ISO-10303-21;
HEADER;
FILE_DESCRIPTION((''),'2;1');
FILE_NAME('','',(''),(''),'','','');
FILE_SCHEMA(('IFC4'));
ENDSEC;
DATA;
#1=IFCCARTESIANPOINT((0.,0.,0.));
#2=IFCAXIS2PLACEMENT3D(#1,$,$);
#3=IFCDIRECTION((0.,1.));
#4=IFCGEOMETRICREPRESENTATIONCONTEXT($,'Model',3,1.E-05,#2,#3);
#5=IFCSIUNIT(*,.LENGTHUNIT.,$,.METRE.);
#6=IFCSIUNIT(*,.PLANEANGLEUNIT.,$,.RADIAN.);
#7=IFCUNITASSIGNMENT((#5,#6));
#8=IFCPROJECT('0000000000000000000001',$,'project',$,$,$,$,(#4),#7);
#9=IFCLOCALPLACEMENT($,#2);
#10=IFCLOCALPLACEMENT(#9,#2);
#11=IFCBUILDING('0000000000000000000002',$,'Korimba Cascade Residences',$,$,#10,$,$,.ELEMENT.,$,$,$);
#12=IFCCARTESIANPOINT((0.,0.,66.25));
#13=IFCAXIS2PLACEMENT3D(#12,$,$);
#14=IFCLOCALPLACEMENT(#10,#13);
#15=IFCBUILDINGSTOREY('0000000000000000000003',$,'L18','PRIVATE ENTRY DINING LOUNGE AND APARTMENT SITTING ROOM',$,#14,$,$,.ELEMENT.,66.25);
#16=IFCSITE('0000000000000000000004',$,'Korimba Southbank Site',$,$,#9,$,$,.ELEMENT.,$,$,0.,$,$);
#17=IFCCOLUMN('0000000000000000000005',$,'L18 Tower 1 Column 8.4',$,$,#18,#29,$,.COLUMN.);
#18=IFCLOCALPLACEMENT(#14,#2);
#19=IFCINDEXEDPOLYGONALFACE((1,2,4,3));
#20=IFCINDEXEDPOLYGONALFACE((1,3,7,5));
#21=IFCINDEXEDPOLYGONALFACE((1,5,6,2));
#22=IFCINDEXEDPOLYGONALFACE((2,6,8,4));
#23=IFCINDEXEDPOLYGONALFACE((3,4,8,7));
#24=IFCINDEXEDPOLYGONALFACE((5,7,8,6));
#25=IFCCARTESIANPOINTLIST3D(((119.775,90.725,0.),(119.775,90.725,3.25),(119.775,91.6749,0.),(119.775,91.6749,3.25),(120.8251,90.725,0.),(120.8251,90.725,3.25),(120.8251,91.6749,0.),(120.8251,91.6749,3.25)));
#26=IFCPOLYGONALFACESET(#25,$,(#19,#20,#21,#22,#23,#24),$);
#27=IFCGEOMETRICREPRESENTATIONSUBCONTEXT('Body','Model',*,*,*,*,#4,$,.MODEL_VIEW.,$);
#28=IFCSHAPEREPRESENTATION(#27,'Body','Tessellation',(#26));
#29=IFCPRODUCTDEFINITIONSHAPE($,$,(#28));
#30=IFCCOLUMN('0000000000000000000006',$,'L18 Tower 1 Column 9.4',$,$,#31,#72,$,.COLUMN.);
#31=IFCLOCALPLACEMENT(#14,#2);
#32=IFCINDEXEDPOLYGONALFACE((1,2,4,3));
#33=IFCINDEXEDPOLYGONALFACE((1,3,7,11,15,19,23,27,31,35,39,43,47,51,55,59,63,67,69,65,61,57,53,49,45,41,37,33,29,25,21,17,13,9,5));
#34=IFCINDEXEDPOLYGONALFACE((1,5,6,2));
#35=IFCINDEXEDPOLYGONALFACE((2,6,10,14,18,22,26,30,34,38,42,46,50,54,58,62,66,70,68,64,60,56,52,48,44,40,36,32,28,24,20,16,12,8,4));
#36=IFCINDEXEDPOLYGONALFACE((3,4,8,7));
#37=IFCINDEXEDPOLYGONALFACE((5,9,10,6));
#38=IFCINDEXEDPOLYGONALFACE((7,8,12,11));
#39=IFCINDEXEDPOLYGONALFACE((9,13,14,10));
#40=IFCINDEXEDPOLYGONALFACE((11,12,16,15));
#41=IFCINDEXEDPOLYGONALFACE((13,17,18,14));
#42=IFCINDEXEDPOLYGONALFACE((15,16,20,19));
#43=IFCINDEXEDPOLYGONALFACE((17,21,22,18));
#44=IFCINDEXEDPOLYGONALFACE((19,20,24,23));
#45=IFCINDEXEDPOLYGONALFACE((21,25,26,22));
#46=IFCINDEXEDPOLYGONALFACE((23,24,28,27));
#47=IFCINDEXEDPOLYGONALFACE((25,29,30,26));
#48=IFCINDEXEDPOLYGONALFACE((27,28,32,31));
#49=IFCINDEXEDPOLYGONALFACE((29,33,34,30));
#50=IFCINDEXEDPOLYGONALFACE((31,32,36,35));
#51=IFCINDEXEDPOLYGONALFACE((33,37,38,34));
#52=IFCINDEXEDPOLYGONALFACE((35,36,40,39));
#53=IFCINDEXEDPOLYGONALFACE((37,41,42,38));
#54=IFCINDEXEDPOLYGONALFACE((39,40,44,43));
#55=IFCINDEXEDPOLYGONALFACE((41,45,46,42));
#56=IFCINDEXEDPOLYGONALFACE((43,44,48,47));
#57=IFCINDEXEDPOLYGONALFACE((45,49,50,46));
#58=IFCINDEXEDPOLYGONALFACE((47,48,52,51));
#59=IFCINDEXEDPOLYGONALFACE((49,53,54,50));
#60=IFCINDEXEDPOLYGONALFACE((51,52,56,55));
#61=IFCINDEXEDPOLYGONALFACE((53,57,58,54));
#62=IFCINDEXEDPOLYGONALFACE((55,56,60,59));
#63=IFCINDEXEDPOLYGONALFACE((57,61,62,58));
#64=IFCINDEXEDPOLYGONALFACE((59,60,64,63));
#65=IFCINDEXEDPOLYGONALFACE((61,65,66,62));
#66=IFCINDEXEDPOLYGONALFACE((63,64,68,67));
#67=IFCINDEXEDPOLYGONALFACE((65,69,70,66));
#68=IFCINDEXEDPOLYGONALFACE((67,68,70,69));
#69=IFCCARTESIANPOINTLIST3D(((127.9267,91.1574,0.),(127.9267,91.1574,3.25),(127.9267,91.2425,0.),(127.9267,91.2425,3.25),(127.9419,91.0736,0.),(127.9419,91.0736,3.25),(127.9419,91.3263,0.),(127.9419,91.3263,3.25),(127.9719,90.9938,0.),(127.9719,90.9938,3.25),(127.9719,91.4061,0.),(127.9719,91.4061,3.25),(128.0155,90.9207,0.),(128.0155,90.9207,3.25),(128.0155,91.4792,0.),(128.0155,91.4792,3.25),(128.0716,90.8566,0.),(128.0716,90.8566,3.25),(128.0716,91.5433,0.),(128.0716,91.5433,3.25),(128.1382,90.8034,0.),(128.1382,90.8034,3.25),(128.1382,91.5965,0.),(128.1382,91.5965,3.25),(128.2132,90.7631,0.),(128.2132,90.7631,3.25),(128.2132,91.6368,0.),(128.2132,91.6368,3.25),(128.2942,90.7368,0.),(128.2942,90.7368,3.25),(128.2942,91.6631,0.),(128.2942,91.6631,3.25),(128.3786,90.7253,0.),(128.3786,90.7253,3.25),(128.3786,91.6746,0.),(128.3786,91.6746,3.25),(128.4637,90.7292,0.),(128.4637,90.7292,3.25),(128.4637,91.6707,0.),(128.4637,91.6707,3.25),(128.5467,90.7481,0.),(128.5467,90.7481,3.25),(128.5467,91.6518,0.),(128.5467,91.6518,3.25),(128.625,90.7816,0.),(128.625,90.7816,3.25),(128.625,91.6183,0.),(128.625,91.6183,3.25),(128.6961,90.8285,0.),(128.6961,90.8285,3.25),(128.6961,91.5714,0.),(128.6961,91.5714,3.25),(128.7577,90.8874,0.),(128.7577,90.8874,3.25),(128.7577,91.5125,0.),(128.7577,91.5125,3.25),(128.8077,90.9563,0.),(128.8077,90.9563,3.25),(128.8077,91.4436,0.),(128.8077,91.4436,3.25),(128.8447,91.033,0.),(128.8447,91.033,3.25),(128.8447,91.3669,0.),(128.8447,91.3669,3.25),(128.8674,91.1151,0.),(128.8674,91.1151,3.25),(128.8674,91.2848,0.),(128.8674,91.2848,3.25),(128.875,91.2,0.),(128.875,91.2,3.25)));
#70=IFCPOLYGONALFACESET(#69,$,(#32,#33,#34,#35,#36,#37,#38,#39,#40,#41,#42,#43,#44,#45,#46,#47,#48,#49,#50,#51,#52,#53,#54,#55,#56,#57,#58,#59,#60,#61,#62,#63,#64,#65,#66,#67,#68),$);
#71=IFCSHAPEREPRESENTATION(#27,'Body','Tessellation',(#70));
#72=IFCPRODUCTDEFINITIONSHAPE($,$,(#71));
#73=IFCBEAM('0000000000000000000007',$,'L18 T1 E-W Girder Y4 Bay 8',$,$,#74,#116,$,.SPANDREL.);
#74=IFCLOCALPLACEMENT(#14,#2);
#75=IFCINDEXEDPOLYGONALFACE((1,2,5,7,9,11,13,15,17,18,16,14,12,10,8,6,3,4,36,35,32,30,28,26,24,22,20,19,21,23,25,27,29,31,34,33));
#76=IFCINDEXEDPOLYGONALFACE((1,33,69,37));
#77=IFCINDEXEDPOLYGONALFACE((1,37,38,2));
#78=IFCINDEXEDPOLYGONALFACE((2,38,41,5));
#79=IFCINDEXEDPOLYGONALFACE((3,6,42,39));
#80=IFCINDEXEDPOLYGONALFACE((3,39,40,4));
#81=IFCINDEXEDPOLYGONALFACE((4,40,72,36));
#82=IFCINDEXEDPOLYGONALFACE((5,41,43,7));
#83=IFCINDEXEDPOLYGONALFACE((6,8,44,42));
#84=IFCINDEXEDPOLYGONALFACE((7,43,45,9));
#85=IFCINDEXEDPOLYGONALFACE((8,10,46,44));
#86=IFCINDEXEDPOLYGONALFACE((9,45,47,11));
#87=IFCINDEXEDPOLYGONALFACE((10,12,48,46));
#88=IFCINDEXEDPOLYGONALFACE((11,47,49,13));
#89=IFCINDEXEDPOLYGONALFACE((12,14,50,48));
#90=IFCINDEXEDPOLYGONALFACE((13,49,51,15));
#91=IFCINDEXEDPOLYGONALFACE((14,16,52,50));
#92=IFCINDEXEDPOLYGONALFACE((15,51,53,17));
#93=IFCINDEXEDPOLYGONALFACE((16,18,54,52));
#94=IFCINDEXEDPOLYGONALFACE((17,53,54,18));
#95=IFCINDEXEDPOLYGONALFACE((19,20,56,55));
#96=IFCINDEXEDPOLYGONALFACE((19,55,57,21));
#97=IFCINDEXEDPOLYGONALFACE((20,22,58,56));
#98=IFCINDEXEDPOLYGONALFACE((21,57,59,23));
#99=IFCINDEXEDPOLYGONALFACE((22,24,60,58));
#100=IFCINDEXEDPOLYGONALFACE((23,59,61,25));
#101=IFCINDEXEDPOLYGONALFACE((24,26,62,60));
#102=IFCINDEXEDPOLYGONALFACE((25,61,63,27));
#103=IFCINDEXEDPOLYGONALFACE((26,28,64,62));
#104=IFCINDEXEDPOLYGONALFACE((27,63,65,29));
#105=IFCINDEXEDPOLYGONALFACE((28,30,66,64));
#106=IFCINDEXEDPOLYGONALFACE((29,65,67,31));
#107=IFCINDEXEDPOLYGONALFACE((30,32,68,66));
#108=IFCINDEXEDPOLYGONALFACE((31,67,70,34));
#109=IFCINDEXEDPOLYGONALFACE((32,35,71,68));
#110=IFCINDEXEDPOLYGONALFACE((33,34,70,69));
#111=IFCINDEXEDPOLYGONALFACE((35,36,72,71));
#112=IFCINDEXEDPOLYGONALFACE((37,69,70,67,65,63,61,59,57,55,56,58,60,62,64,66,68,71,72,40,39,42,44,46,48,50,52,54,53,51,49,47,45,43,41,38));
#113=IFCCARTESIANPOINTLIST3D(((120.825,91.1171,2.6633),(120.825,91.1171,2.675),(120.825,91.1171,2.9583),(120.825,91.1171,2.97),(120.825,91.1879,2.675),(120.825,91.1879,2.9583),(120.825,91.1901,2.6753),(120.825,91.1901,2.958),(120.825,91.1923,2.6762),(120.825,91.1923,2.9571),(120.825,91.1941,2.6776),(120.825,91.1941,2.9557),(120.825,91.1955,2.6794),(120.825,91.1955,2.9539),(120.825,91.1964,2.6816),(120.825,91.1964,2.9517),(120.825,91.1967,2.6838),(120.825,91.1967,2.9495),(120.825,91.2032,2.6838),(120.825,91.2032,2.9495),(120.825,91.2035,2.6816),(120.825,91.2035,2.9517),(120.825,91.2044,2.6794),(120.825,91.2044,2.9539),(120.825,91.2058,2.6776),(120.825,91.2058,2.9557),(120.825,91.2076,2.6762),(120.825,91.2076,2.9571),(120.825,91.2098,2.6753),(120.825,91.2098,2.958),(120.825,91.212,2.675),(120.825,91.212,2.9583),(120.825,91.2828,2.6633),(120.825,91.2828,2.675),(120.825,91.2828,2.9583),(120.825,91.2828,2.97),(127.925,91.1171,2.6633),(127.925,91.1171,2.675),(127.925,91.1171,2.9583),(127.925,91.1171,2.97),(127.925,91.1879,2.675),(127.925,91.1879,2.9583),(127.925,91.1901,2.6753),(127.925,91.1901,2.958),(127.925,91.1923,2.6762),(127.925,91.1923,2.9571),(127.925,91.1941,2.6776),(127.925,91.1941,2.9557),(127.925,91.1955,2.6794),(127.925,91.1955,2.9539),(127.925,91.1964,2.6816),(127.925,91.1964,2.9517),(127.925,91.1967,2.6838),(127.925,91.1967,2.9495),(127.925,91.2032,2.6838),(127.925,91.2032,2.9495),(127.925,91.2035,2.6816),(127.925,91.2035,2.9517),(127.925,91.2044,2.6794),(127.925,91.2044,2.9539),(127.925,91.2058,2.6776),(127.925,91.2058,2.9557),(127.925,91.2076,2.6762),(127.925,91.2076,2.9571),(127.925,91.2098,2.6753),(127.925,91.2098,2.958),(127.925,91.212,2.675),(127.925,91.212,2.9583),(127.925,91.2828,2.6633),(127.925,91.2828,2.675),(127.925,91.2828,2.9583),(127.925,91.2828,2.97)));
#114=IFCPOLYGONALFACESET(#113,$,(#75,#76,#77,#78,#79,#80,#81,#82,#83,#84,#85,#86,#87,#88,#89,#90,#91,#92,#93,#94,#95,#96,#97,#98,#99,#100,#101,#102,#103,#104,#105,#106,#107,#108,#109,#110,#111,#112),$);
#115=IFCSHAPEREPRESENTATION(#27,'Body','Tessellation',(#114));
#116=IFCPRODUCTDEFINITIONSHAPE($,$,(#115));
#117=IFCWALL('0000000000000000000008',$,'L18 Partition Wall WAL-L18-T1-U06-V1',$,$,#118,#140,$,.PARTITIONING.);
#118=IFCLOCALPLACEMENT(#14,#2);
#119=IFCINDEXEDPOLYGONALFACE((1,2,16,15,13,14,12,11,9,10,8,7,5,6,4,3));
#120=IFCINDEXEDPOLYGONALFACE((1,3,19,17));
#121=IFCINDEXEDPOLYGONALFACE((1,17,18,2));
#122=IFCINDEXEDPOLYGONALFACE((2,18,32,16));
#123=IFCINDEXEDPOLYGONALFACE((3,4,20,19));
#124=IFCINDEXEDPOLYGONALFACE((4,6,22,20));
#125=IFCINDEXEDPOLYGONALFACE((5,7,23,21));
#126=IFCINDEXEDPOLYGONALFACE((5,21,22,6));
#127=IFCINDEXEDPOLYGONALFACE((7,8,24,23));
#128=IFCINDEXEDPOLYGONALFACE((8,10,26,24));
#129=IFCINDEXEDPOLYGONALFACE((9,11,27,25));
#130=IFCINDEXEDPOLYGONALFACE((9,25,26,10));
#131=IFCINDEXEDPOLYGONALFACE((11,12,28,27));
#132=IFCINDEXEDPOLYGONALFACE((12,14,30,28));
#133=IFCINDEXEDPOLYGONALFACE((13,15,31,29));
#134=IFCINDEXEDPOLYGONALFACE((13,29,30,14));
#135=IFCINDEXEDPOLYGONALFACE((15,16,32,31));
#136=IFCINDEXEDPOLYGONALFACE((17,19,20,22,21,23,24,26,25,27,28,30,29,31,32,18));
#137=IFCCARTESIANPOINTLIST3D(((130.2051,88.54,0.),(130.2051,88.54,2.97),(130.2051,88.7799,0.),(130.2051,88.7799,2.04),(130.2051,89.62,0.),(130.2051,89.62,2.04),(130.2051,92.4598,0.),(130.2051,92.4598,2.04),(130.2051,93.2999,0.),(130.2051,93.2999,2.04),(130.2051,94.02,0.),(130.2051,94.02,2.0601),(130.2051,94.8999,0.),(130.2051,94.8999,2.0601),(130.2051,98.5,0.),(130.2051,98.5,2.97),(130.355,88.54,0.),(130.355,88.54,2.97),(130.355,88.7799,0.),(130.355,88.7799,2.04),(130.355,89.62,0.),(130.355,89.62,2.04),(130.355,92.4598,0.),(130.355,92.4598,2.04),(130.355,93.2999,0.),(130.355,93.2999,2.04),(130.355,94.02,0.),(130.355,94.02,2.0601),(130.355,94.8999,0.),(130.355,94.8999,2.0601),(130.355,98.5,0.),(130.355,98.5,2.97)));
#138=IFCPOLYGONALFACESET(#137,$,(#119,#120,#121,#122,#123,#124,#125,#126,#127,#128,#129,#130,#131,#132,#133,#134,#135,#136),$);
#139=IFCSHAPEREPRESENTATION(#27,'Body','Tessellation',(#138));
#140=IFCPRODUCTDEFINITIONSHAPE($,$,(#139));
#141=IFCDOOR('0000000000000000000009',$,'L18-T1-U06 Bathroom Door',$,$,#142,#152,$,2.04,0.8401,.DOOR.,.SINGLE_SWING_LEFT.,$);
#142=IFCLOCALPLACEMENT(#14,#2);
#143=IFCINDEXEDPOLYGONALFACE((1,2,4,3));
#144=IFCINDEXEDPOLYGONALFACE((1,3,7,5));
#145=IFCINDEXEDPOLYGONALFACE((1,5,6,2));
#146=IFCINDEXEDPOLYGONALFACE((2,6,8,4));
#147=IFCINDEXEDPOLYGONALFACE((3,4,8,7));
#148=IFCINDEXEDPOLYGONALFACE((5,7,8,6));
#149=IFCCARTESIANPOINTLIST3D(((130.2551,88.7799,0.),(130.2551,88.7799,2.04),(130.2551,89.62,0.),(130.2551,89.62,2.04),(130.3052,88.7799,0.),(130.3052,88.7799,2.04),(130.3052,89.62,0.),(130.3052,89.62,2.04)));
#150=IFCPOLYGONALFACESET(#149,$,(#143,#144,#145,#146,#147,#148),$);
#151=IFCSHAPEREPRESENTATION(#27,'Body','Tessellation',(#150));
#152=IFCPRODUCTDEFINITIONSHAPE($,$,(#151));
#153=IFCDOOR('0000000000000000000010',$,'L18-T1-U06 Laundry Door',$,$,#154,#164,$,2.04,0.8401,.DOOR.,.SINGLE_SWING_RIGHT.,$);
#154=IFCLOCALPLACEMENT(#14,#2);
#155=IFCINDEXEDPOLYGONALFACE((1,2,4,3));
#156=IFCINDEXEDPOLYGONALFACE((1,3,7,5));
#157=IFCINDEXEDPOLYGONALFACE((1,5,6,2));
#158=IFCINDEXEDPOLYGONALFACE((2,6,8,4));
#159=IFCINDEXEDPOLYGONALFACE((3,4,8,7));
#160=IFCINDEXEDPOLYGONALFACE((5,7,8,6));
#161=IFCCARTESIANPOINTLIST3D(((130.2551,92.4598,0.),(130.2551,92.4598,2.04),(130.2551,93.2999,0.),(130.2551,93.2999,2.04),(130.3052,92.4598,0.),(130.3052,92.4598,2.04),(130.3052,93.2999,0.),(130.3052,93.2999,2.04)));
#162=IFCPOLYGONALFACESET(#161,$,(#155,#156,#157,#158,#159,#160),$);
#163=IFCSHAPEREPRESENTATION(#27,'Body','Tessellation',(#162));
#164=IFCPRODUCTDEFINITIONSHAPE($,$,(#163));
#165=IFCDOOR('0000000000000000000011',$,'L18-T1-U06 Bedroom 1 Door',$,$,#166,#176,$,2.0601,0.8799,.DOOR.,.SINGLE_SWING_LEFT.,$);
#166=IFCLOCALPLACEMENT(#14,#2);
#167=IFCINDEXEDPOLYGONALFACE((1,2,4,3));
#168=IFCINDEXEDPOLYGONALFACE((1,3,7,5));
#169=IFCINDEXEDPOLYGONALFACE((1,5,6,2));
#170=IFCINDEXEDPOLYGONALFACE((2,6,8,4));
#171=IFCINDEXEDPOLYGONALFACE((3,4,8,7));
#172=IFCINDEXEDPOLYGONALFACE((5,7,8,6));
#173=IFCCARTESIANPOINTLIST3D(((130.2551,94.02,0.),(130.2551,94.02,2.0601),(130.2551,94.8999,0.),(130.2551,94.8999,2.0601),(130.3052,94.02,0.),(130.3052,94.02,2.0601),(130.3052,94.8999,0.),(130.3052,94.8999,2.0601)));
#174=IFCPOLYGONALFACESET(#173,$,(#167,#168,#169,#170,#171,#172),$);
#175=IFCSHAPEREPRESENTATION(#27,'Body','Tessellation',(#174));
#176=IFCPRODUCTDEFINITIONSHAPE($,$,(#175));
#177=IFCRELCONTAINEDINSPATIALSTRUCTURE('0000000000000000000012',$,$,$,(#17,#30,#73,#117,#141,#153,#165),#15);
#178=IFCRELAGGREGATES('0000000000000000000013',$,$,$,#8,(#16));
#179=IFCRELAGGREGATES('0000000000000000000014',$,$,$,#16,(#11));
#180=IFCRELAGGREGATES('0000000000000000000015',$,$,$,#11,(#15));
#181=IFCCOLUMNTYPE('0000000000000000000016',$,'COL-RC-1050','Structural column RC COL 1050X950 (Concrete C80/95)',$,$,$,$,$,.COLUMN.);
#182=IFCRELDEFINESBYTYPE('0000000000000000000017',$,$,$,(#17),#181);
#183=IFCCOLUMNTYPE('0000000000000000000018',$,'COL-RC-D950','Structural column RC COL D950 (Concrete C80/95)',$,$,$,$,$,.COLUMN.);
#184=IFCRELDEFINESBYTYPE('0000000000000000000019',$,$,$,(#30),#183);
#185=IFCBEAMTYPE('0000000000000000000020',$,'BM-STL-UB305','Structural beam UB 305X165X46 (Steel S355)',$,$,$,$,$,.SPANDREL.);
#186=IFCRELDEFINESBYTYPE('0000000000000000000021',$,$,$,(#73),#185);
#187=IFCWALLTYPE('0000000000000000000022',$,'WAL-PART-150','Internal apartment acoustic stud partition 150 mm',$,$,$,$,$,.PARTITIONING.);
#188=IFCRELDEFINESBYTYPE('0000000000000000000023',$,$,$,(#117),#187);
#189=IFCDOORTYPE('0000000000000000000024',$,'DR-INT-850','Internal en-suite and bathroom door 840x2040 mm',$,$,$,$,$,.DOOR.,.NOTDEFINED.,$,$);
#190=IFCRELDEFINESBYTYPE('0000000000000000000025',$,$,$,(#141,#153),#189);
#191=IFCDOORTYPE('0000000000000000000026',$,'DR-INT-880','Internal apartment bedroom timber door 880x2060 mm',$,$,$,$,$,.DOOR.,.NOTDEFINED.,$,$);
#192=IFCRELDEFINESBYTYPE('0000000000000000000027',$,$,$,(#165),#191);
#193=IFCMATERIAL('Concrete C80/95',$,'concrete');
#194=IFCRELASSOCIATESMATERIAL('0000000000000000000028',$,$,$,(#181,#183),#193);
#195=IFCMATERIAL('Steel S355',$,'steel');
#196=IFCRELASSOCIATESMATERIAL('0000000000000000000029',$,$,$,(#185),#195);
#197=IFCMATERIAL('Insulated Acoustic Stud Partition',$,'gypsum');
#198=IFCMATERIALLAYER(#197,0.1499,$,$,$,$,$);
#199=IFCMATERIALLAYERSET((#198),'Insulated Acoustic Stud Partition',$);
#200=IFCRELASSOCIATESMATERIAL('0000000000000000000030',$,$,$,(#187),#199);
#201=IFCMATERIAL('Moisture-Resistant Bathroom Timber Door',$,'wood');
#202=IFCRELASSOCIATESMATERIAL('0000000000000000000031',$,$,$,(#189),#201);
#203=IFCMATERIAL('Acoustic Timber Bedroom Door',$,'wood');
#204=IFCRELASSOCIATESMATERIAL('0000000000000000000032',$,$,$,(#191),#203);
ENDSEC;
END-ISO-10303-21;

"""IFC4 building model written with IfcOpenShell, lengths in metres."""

from ifc_helpers import new_model, si_unit, direction, frame, frame_2d, origin, origin_2d, place, context, subcontext, project, spatial, rectangle, circle, i_section, extrude, material, layer, layer_set, material_profile, profile_set, type_object, element, fill, save


model = new_model("IFC4")

# Units and contexts
model_context = context("Model", 3, precision=1e-05, world=origin(), true_north=direction((0.0, 1.0)))
body_context = subcontext(model_context, "Body", "Model", "MODEL_VIEW")
ifc_project = project(units=[si_unit("LENGTHUNIT", "METRE"), si_unit("PLANEANGLEUNIT", "RADIAN")], contexts=[model_context])

# Site, building, storey
site_placement = place(None, origin())
site = spatial("IfcSite", under=ifc_project, at=site_placement, Name="Korimba Southbank Site", CompositionType="ELEMENT", RefElevation=0.0)
building_placement = place(site_placement, origin())
building = spatial("IfcBuilding", under=site, at=building_placement, Name="Korimba Cascade Residences", CompositionType="ELEMENT")
storey_placement = place(building_placement, frame((0.0, 0.0, 66.25)))
storey = spatial("IfcBuildingStorey", under=building, at=storey_placement, Name="L18", Description="PRIVATE ENTRY DINING LOUNGE AND APARTMENT SITTING ROOM", CompositionType="ELEMENT", Elevation=66.25)

# Columns
ifc_material_1 = material(Name="Concrete C80/95", Category="concrete")
ifc_material_profile_1 = material_profile(ifc_material_1, rectangle(XDim=1.05, YDim=0.95, at=origin_2d()), Name="Concrete C80/95")
ifc_profile_set_1 = profile_set([ifc_material_profile_1], Name="Concrete C80/95")
column_type_1 = type_object("IfcColumnType", Name="COL-RC-1050", Description="Structural column RC COL 1050X950 (Concrete C80/95)", PredefinedType="COLUMN", material=ifc_profile_set_1)
column_1_placement = place(storey_placement, frame((120.3, 91.2, 0.0), z_axis=(0.0, 0.0, 1.0), x_axis=(1.0, 0.0, 0.0)))
element("IfcColumn", 1, at=column_1_placement, inside=storey, type_object=column_type_1, Name="L18 Tower 1 Column 8.4", PredefinedType="COLUMN", context=body_context, shape_type="SweptSolid", body=[
    extrude(rectangle(XDim=1.05, YDim=0.95, at=origin_2d()), origin(), (0.0, 0.0, 1.0), 3.25),
])
ifc_material_profile_2 = material_profile(ifc_material_1, circle(Radius=0.4751, at=origin_2d()), Name="Concrete C80/95")
ifc_profile_set_2 = profile_set([ifc_material_profile_2], Name="Concrete C80/95")
column_type_2 = type_object("IfcColumnType", Name="COL-RC-D950", Description="Structural column RC COL D950 (Concrete C80/95)", PredefinedType="COLUMN", material=ifc_profile_set_2)
column_2_placement = place(storey_placement, frame((128.3999, 91.2, 0.0), z_axis=(0.0, 0.0, 1.0), x_axis=(1.0, 0.0, 0.0)))
element("IfcColumn", 2, at=column_2_placement, inside=storey, type_object=column_type_2, Name="L18 Tower 1 Column 9.4", PredefinedType="COLUMN", context=body_context, shape_type="SweptSolid", body=[
    extrude(circle(Radius=0.4751, at=origin_2d()), origin(), (0.0, 0.0, 1.0), 3.25),
])

# Beam
ifc_material_2 = material(Name="Steel S355", Category="steel")
ifc_material_profile_3 = material_profile(ifc_material_2, i_section(OverallWidth=0.1658, OverallDepth=0.3066, WebThickness=0.0066, FlangeThickness=0.0117, FilletRadius=0.0088, at=origin_2d()), Name="Steel S355")
ifc_profile_set_3 = profile_set([ifc_material_profile_3], Name="Steel S355")
beam_type = type_object("IfcBeamType", Name="BM-STL-UB305", Description="Structural beam UB 305X165X46 (Steel S355)", PredefinedType="SPANDREL", material=ifc_profile_set_3)
beam_placement = place(storey_placement, frame((120.825, 91.2, 2.8167), z_axis=(1.0, 0.0, 0.0), x_axis=(0.0, 1.0, 0.0)))
element("IfcBeam", 3, at=beam_placement, inside=storey, type_object=beam_type, Name="L18 T1 E-W Girder Y4 Bay 8", PredefinedType="SPANDREL", context=body_context, shape_type="SweptSolid", body=[
    extrude(i_section(OverallWidth=0.1658, OverallDepth=0.3066, WebThickness=0.0066, FlangeThickness=0.0117, FilletRadius=0.0088, at=origin_2d()), origin(), (0.0, 0.0, 1.0), 7.1001),
])

# Wall, openings, doors
ifc_material_3 = material(Name="Insulated Acoustic Stud Partition", Category="gypsum")
ifc_layer = layer(ifc_material_3, 0.1499)
ifc_layer_set = layer_set([ifc_layer], Name="Insulated Acoustic Stud Partition")
wall_type = type_object("IfcWallType", Name="WAL-PART-150", Description="Internal apartment acoustic stud partition 150 mm", PredefinedType="PARTITIONING", material=ifc_layer_set)
wall_1_placement = place(storey_placement, frame((130.28, 88.54, 0.0), z_axis=(0.0, 0.0, 1.0), x_axis=(0.0, 1.0, 0.0)))
wall_1 = element("IfcWall", 4, at=wall_1_placement, inside=storey, type_object=wall_type, Name="L18 Partition Wall WAL-L18-T1-U06-V1", PredefinedType="PARTITIONING", context=body_context, shape_type="SweptSolid", body=[
    extrude(rectangle(XDim=9.96, YDim=0.1499, at=frame_2d((4.98, 0.0))), origin(), (0.0, 0.0, 1.0), 2.97),
])
opening_1_placement = place(wall_1_placement, frame((0.24, 0.0, 0.0)))
opening_1 = element("IfcOpeningElement", 5, at=opening_1_placement, cuts=wall_1, PredefinedType="OPENING", context=body_context, shape_type="SweptSolid", body=[
    extrude(rectangle(XDim=0.8401, YDim=2.04, at=frame_2d((0.4199, 1.02))), frame((0.0, 0.085, 0.0), z_axis=(0.0, -1.0, 0.0), x_axis=(1.0, 0.0, 0.0)), (0.0, 0.0, 1.0), 0.1699),
])
opening_2_placement = place(wall_1_placement, frame((3.9199, 0.0, 0.0)))
opening_2 = element("IfcOpeningElement", 6, at=opening_2_placement, cuts=wall_1, PredefinedType="OPENING", context=body_context, shape_type="SweptSolid", body=[
    extrude(rectangle(XDim=0.8401, YDim=2.04, at=frame_2d((0.4199, 1.02))), frame((0.0, 0.085, 0.0), z_axis=(0.0, -1.0, 0.0), x_axis=(1.0, 0.0, 0.0)), (0.0, 0.0, 1.0), 0.1699),
])
opening_3_placement = place(wall_1_placement, frame((5.48, 0.0, 0.0)))
opening_3 = element("IfcOpeningElement", 7, at=opening_3_placement, cuts=wall_1, PredefinedType="OPENING", context=body_context, shape_type="SweptSolid", body=[
    extrude(rectangle(XDim=0.8799, YDim=2.0601, at=frame_2d((0.4399, 1.03))), frame((0.0, 0.085, 0.0), z_axis=(0.0, -1.0, 0.0), x_axis=(1.0, 0.0, 0.0)), (0.0, 0.0, 1.0), 0.1699),
])
ifc_material_4 = material(Name="Moisture-Resistant Bathroom Timber Door", Category="wood")
door_type_1 = type_object("IfcDoorType", Name="DR-INT-850", Description="Internal en-suite and bathroom door 840x2040 mm", OperationType="NOTDEFINED", PredefinedType="DOOR", material=ifc_material_4)
door_1_placement = place(opening_1_placement, origin())
door_1 = element("IfcDoor", 8, at=door_1_placement, inside=storey, type_object=door_type_1, Name="L18-T1-U06 Bathroom Door", OperationType="SINGLE_SWING_LEFT", OverallHeight=2.04, OverallWidth=0.8401, PredefinedType="DOOR", context=body_context, shape_type="SweptSolid", body=[
    extrude(rectangle(XDim=0.8401, YDim=2.04, at=frame_2d((0.4199, 1.02))), frame((0.0, 0.0249, 0.0), z_axis=(0.0, -1.0, 0.0), x_axis=(1.0, 0.0, 0.0)), (0.0, 0.0, 1.0), 0.05),
])
fill(opening_1, door_1)
door_2_placement = place(opening_2_placement, origin())
door_2 = element("IfcDoor", 9, at=door_2_placement, inside=storey, type_object=door_type_1, Name="L18-T1-U06 Laundry Door", OperationType="SINGLE_SWING_RIGHT", OverallHeight=2.04, OverallWidth=0.8401, PredefinedType="DOOR", context=body_context, shape_type="SweptSolid", body=[
    extrude(rectangle(XDim=0.8401, YDim=2.04, at=frame_2d((0.4199, 1.02))), frame((0.0, 0.0249, 0.0), z_axis=(0.0, -1.0, 0.0), x_axis=(1.0, 0.0, 0.0)), (0.0, 0.0, 1.0), 0.05),
])
fill(opening_2, door_2)
ifc_material_5 = material(Name="Acoustic Timber Bedroom Door", Category="wood")
door_type_2 = type_object("IfcDoorType", Name="DR-INT-880", Description="Internal apartment bedroom timber door 880x2060 mm", OperationType="NOTDEFINED", PredefinedType="DOOR", material=ifc_material_5)
door_3_placement = place(opening_3_placement, origin())
door_3 = element("IfcDoor", 10, at=door_3_placement, inside=storey, type_object=door_type_2, Name="L18-T1-U06 Bedroom 1 Door", OperationType="SINGLE_SWING_LEFT", OverallHeight=2.0601, OverallWidth=0.8799, PredefinedType="DOOR", context=body_context, shape_type="SweptSolid", body=[
    extrude(rectangle(XDim=0.8799, YDim=2.0601, at=frame_2d((0.4399, 1.03))), frame((0.0, 0.0249, 0.0), z_axis=(0.0, -1.0, 0.0), x_axis=(1.0, 0.0, 0.0)), (0.0, 0.0, 1.0), 0.05),
])
fill(opening_3, door_3)

save(model, "model.ifc")
